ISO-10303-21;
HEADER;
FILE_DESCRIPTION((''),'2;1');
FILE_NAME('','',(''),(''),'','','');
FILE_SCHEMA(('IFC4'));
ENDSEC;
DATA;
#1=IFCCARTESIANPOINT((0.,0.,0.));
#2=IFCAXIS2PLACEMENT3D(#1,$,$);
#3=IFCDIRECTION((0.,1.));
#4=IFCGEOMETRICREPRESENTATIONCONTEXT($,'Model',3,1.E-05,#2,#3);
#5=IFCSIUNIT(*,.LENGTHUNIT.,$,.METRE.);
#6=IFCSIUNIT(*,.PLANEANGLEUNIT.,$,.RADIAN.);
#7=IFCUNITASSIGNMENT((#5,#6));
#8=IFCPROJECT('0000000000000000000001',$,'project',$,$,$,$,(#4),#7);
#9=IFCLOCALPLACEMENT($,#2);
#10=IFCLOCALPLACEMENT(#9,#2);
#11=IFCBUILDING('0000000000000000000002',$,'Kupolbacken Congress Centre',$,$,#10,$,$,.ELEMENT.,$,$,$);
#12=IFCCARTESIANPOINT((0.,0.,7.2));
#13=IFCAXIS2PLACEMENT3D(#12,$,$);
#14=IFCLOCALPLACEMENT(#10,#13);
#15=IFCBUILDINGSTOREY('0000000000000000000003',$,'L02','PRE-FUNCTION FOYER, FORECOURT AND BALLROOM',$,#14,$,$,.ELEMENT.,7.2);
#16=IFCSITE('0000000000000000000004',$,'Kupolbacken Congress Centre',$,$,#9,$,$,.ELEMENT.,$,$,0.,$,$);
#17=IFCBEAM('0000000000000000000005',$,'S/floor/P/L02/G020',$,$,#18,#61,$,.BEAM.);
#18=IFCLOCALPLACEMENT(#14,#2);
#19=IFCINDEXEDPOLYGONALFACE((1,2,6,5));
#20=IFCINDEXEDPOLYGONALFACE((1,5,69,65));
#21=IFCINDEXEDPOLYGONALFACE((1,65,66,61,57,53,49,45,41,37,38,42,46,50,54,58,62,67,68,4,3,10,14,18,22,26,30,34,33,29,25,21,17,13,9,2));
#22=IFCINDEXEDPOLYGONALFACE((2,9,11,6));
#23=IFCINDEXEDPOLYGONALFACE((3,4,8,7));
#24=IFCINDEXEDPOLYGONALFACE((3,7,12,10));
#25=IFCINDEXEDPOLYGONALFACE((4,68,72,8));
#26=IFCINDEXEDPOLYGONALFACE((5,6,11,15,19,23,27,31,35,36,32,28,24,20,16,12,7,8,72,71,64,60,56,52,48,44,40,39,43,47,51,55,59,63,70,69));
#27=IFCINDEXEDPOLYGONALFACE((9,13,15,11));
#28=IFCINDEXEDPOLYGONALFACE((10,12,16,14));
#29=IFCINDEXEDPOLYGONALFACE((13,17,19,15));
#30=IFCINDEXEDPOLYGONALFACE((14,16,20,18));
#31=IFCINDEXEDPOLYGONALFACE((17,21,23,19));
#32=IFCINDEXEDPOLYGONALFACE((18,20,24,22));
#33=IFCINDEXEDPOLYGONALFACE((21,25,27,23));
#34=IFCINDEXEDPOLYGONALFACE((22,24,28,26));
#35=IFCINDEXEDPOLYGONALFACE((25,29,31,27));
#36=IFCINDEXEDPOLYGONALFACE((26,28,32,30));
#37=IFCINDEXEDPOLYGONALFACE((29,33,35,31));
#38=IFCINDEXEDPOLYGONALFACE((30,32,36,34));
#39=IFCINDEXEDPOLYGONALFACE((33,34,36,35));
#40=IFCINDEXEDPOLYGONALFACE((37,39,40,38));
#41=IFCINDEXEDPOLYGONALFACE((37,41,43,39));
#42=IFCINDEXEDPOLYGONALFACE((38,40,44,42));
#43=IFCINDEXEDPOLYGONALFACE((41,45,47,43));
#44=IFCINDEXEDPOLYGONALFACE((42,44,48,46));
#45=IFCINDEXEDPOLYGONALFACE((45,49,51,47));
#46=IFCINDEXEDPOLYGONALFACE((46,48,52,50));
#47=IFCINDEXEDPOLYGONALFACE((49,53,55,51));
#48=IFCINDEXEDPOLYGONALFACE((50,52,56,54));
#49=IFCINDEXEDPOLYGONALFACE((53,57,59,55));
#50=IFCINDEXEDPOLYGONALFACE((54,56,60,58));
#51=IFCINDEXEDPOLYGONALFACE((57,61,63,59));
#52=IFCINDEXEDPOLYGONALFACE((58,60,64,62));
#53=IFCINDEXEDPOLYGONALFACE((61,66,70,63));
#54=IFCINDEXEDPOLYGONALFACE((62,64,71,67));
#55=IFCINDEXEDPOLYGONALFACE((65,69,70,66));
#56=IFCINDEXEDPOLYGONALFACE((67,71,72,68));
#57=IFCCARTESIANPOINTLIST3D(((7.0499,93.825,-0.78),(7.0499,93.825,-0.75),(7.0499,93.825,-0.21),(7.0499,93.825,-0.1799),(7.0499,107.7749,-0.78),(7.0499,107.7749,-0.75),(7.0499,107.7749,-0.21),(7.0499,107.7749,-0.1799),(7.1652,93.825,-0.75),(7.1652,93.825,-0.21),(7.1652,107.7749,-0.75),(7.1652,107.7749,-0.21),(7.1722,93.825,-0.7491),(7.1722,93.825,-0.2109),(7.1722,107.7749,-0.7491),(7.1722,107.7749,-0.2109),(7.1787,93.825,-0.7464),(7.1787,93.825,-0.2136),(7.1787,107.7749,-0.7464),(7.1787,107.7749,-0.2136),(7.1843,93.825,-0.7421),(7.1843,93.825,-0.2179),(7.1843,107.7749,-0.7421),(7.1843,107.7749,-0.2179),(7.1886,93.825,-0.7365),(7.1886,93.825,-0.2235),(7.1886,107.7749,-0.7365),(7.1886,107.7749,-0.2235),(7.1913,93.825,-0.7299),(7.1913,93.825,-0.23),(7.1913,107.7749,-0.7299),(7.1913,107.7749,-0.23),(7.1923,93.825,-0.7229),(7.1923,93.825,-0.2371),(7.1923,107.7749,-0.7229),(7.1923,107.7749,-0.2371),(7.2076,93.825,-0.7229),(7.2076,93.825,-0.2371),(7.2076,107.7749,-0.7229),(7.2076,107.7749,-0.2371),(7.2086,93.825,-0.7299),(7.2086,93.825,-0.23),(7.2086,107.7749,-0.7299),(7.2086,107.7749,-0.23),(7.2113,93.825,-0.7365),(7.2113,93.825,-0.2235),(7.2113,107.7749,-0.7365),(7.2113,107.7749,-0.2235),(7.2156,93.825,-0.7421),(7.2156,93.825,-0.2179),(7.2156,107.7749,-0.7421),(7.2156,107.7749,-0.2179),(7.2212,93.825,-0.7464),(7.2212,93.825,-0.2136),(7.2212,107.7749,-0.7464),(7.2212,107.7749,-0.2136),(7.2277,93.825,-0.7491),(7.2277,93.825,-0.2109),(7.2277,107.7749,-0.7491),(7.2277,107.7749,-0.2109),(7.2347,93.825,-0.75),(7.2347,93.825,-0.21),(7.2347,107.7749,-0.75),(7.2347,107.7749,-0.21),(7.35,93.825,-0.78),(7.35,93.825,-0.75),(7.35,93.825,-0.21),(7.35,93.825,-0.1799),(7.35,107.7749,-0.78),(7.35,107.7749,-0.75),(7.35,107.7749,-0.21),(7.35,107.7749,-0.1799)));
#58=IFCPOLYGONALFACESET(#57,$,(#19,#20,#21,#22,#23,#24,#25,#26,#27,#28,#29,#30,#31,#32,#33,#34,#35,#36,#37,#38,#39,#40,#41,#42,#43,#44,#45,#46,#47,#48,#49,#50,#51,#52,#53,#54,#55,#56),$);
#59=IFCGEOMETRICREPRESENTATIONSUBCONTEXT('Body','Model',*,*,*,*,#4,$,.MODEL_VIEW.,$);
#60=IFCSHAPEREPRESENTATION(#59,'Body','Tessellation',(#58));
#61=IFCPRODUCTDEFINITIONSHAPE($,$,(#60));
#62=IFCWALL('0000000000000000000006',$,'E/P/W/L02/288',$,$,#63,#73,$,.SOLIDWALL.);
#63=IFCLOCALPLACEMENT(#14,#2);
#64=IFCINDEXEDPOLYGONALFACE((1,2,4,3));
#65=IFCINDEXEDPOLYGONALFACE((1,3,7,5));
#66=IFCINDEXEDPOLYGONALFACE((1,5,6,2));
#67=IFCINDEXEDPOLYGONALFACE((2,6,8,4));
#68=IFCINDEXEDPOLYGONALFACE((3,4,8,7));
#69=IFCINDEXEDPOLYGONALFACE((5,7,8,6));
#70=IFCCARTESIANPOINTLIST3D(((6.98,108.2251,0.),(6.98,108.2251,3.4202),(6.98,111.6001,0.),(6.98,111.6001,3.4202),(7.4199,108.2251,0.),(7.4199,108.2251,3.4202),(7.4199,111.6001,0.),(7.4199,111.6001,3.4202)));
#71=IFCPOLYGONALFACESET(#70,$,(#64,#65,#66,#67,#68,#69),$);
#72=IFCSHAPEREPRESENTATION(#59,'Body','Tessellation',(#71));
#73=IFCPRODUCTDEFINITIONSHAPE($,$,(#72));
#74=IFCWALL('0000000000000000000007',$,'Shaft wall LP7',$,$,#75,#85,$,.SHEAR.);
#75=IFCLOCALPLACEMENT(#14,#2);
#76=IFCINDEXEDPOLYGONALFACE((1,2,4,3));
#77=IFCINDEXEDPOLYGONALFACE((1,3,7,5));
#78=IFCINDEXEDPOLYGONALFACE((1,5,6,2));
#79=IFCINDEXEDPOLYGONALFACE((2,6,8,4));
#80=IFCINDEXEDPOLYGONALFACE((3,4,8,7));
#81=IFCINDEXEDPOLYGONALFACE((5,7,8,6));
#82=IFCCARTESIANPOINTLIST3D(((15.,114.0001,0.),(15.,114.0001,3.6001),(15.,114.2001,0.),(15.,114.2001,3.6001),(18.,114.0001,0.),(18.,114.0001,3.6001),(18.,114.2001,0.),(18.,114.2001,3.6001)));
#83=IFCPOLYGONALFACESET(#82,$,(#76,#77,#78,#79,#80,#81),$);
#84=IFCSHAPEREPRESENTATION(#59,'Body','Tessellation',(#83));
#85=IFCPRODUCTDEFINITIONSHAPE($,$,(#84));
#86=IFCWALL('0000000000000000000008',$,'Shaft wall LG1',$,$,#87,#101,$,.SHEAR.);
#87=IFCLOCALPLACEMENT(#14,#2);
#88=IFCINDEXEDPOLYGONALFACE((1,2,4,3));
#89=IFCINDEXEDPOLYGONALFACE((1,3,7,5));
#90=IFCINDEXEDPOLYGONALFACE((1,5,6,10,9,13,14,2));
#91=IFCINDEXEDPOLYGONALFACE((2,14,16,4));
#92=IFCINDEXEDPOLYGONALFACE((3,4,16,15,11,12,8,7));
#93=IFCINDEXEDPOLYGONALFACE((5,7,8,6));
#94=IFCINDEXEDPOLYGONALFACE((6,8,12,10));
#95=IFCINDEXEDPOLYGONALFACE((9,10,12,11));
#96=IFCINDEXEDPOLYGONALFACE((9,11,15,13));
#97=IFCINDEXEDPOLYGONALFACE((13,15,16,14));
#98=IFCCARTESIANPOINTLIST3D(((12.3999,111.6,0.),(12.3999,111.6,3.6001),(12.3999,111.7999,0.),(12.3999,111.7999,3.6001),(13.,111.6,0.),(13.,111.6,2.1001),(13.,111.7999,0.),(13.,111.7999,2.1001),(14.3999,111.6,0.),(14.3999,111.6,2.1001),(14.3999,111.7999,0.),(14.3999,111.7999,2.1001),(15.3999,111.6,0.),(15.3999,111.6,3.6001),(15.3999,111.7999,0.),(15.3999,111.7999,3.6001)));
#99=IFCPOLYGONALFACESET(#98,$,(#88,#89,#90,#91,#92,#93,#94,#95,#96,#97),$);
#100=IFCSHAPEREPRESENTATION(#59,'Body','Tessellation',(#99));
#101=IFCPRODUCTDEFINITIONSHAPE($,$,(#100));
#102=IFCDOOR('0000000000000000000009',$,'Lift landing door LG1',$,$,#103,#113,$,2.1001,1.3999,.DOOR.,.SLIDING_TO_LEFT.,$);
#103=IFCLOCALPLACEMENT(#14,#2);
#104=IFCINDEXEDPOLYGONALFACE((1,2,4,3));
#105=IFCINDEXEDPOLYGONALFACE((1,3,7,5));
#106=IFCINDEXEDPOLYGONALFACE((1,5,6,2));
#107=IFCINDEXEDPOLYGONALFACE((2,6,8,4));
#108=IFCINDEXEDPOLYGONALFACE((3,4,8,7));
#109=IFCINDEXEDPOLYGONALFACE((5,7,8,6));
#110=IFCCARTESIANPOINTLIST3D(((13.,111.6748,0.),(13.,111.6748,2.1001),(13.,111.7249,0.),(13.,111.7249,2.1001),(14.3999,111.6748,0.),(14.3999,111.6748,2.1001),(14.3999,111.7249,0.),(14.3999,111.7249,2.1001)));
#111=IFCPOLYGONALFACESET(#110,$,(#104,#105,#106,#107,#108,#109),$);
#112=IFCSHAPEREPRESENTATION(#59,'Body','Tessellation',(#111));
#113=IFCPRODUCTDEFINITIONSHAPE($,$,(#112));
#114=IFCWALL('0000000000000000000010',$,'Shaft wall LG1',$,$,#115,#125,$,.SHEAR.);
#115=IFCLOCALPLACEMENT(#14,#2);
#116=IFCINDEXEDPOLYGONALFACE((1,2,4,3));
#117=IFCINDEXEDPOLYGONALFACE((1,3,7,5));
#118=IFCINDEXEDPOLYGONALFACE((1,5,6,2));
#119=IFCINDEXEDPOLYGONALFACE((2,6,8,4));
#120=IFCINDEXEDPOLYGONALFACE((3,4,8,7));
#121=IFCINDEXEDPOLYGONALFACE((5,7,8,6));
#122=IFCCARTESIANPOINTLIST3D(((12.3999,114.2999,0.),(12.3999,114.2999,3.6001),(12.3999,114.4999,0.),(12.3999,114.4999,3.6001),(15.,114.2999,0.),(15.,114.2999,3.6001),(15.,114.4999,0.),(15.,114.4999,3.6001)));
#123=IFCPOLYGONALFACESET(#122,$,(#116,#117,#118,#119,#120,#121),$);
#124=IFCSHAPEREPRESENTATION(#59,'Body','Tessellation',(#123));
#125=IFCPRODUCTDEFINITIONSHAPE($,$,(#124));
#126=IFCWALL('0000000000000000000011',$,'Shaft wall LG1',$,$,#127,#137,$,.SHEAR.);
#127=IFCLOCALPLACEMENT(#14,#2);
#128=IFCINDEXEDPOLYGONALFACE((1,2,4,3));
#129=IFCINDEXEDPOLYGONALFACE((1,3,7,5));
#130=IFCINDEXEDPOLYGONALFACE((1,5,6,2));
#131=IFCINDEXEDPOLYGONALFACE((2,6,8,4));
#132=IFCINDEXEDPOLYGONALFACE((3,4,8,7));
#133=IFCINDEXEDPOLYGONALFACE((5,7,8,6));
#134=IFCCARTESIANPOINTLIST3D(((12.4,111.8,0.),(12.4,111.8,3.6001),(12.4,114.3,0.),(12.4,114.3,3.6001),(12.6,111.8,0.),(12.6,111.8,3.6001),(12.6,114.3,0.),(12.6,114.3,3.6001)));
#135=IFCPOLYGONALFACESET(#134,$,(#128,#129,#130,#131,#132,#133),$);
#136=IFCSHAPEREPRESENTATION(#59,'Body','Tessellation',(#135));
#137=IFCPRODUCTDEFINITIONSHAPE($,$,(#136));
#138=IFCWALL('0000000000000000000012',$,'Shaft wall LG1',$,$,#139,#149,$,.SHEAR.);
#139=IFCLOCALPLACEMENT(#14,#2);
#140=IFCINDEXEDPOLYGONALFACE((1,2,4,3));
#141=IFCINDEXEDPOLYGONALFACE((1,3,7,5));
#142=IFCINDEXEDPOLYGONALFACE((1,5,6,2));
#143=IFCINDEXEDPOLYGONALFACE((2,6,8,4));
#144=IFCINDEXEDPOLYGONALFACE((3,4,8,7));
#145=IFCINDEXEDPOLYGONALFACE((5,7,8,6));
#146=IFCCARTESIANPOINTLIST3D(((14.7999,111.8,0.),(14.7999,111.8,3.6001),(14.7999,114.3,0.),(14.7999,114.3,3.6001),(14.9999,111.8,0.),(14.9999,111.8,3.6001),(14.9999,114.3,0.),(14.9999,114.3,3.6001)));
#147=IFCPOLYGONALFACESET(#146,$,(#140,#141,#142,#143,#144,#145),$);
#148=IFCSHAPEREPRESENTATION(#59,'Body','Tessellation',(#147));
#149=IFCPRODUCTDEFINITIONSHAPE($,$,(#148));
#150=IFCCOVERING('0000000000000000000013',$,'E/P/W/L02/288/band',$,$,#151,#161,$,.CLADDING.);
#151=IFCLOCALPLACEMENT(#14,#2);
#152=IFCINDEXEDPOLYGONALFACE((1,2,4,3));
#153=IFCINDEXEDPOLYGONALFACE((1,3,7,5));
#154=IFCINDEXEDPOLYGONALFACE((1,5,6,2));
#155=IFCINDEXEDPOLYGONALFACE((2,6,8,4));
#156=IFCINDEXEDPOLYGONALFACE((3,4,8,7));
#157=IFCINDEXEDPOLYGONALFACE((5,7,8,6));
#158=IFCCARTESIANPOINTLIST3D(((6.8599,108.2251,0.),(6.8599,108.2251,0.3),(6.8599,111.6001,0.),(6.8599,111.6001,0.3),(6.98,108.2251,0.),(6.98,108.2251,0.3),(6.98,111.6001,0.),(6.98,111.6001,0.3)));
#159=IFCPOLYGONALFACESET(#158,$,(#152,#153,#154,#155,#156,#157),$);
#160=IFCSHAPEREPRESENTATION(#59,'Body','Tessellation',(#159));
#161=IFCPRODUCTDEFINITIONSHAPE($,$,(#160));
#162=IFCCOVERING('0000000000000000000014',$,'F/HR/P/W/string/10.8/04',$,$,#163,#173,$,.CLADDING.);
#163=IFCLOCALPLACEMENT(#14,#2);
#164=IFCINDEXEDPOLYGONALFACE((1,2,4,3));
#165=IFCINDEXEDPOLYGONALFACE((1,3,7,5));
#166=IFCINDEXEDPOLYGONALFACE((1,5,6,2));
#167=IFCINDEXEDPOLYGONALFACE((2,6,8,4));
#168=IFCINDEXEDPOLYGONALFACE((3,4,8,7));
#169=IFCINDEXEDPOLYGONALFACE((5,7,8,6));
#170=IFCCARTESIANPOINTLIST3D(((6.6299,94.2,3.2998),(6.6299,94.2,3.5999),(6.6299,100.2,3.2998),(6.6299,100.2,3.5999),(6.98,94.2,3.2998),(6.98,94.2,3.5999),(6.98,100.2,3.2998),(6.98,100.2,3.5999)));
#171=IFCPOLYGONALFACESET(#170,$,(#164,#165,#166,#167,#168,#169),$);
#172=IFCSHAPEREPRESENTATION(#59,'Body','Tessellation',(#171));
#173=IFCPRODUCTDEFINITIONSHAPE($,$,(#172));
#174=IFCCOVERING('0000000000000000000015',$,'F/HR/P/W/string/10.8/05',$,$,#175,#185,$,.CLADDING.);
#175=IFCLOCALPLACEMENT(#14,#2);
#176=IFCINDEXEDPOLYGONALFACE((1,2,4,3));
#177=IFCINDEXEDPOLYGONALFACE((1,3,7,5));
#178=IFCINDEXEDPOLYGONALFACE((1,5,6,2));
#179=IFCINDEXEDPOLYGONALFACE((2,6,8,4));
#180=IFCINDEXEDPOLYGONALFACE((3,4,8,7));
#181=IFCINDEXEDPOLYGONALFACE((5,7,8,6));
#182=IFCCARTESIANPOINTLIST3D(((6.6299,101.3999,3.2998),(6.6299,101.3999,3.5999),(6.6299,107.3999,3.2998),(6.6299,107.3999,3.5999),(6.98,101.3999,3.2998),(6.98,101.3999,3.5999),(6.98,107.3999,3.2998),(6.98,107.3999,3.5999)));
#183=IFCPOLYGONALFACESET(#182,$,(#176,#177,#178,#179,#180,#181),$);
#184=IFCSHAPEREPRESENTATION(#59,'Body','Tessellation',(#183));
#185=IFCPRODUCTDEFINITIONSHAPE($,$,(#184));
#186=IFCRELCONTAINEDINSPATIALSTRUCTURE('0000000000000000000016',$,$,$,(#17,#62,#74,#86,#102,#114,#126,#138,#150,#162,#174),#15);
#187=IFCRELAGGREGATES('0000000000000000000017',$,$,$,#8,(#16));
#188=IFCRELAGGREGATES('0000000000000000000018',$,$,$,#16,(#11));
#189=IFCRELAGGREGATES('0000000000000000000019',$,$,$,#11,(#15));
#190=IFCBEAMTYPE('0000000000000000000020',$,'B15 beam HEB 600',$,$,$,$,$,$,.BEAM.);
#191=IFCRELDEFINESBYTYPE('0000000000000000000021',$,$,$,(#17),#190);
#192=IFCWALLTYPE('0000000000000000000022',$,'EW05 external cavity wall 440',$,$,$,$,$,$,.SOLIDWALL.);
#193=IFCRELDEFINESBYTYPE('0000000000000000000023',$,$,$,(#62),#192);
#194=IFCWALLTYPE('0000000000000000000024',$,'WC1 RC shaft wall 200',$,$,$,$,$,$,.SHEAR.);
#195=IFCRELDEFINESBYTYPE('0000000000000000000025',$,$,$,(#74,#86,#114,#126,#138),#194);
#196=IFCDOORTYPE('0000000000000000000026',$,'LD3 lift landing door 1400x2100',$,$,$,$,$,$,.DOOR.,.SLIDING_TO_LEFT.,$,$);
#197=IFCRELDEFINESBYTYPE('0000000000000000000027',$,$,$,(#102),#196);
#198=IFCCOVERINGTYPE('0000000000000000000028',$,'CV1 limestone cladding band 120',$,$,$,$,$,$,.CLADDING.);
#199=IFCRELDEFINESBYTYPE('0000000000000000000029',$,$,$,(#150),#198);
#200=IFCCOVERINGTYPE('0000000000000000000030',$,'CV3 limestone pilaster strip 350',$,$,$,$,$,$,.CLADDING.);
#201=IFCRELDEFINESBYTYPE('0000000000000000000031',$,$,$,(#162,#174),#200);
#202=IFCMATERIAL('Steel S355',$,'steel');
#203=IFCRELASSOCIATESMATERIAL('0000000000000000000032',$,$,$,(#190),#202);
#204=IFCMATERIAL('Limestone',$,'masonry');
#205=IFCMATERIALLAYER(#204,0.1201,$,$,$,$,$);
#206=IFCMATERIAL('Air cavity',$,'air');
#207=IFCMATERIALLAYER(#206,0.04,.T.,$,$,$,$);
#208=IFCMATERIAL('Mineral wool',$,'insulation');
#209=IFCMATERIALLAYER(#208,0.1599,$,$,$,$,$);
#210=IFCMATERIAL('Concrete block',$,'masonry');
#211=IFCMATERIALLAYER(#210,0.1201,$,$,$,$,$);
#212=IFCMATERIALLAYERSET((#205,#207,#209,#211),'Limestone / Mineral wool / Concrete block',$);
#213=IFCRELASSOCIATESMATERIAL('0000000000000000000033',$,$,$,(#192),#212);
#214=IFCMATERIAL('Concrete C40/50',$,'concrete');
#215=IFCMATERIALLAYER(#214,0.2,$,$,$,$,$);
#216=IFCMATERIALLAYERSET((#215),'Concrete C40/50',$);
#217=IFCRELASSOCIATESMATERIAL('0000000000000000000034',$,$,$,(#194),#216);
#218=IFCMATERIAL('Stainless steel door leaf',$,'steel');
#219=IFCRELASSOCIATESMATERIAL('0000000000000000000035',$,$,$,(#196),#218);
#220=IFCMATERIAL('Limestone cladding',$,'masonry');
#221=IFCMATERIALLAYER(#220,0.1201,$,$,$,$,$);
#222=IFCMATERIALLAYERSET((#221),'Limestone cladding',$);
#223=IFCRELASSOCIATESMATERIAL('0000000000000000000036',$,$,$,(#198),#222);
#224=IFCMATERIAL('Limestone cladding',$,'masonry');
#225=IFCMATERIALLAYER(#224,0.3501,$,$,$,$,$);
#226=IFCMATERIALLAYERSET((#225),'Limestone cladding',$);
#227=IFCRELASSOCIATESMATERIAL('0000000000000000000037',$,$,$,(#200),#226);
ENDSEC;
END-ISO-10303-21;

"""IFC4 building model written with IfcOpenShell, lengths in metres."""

from ifc_helpers import new_model, si_unit, direction, frame, frame_2d, origin, origin_2d, place, context, subcontext, project, spatial, rectangle, i_section, extrude, material, layer, layer_set, material_profile, profile_set, type_object, element, fill, save


model = new_model("IFC4")

# Units and contexts
model_context = context("Model", 3, precision=1e-05, world=origin(), true_north=direction((0.0, 1.0)))
body_context = subcontext(model_context, "Body", "Model", "MODEL_VIEW")
ifc_project = project(units=[si_unit("LENGTHUNIT", "METRE"), si_unit("PLANEANGLEUNIT", "RADIAN")], contexts=[model_context])

# Site, building, storey
site_placement = place(None, origin())
site = spatial("IfcSite", under=ifc_project, at=site_placement, Name="Kupolbacken Congress Centre", CompositionType="ELEMENT", RefElevation=0.0)
building_placement = place(site_placement, origin())
building = spatial("IfcBuilding", under=site, at=building_placement, Name="Kupolbacken Congress Centre", CompositionType="ELEMENT")
storey_placement = place(building_placement, frame((0.0, 0.0, 7.2)))
storey = spatial("IfcBuildingStorey", under=building, at=storey_placement, Name="L02", Description="PRE-FUNCTION FOYER, FORECOURT AND BALLROOM", CompositionType="ELEMENT", Elevation=7.2)

# Beam
ifc_material_1 = material(Name="Steel S355", Category="steel")
ifc_material_profile_1 = material_profile(ifc_material_1, i_section(OverallWidth=0.3, OverallDepth=0.6001, WebThickness=0.0154, FlangeThickness=0.03, FilletRadius=0.0271, at=origin_2d()), Name="HEB 600")
ifc_profile_set_1 = profile_set([ifc_material_profile_1], Name="Steel S355")
beam_type_1 = type_object("IfcBeamType", Name="B15 beam HEB 600", PredefinedType="BEAM", material=ifc_profile_set_1)
beam_1_placement = place(storey_placement, frame((7.2, 93.825, -0.48), z_axis=(0.0, 1.0, 0.0), x_axis=(-1.0, 0.0, 0.0)))
element("IfcBeam", 1, at=beam_1_placement, inside=storey, type_object=beam_type_1, Name="S/floor/P/L02/G020", PredefinedType="BEAM", context=body_context, shape_type="SweptSolid", body=[
    extrude(i_section(OverallWidth=0.3, OverallDepth=0.6001, WebThickness=0.0154, FlangeThickness=0.03, FilletRadius=0.0271, at=origin_2d()), origin(), (0.0, 0.0, 1.0), 13.95),
])

# Wall
ifc_material_2 = material(Name="Limestone", Category="masonry")
ifc_layer_1 = layer(ifc_material_2, 0.1201)
ifc_material_3 = material(Name="Air cavity", Category="air")
ifc_layer_2 = layer(ifc_material_3, 0.04, ventilated=True)
ifc_material_4 = material(Name="Mineral wool", Category="insulation")
ifc_layer_3 = layer(ifc_material_4, 0.1599)
ifc_material_5 = material(Name="Concrete block", Category="masonry")
ifc_layer_4 = layer(ifc_material_5, 0.1201)
ifc_layer_set_1 = layer_set([ifc_layer_1, ifc_layer_2, ifc_layer_3, ifc_layer_4], Name="Limestone / Mineral wool / Concrete block")
wall_type_1 = type_object("IfcWallType", Name="EW05 external cavity wall 440", PredefinedType="SOLIDWALL", material=ifc_layer_set_1)
wall_1_placement = place(storey_placement, frame((7.2, 111.6001, 0.0), z_axis=(0.0, 0.0, 1.0), x_axis=(0.0, -1.0, 0.0)))
element("IfcWall", 2, at=wall_1_placement, inside=storey, type_object=wall_type_1, Name="E/P/W/L02/288", PredefinedType="SOLIDWALL", context=body_context, shape_type="SweptSolid", body=[
    extrude(rectangle(XDim=3.375, YDim=0.4399, at=frame_2d((1.6875, 0.0))), origin(), (0.0, 0.0, 1.0), 3.4202),
])

# Wall
ifc_material_6 = material(Name="Concrete C40/50", Category="concrete")
ifc_layer_5 = layer(ifc_material_6, 0.2)
ifc_layer_set_2 = layer_set([ifc_layer_5], Name="Concrete C40/50")
wall_type_2 = type_object("IfcWallType", Name="WC1 RC shaft wall 200", PredefinedType="SHEAR", material=ifc_layer_set_2)
wall_2_placement = place(storey_placement, frame((15.0, 114.1001, 0.0), z_axis=(0.0, 0.0, 1.0), x_axis=(1.0, 0.0, 0.0)))
element("IfcWall", 3, at=wall_2_placement, inside=storey, type_object=wall_type_2, Name="Shaft wall LP7", PredefinedType="SHEAR", context=body_context, shape_type="SweptSolid", body=[
    extrude(rectangle(XDim=3.0, YDim=0.2, at=frame_2d((1.5, 0.0))), origin(), (0.0, 0.0, 1.0), 3.6001),
])

# Wall, opening, door
wall_3_placement = place(storey_placement, frame((12.3999, 111.7, 0.0), z_axis=(0.0, 0.0, 1.0), x_axis=(1.0, 0.0, 0.0)))
wall_3 = element("IfcWall", 4, at=wall_3_placement, inside=storey, type_object=wall_type_2, Name="Shaft wall LG1", PredefinedType="SHEAR", context=body_context, shape_type="SweptSolid", body=[
    extrude(rectangle(XDim=3.0, YDim=0.2, at=frame_2d((1.5, 0.0))), origin(), (0.0, 0.0, 1.0), 3.6001),
])
opening_1_placement = place(wall_3_placement, frame((0.6001, 0.0, 0.0)))
opening_1 = element("IfcOpeningElement", 5, at=opening_1_placement, cuts=wall_3, PredefinedType="OPENING", context=body_context, shape_type="SweptSolid", body=[
    extrude(rectangle(XDim=1.3999, YDim=2.1001, at=frame_2d((0.7, 1.05))), frame((0.0, 0.1099, 0.0), z_axis=(0.0, -1.0, 0.0), x_axis=(1.0, 0.0, 0.0)), (0.0, 0.0, 1.0), 0.22),
])
ifc_material_7 = material(Name="Stainless steel door leaf", Category="steel")
door_type_1 = type_object("IfcDoorType", Name="LD3 lift landing door 1400x2100", OperationType="SLIDING_TO_LEFT", PredefinedType="DOOR", material=ifc_material_7)
door_1_placement = place(opening_1_placement, origin())
door_1 = element("IfcDoor", 6, at=door_1_placement, inside=storey, type_object=door_type_1, Name="Lift landing door LG1", OperationType="SLIDING_TO_LEFT", OverallHeight=2.1001, OverallWidth=1.3999, PredefinedType="DOOR", context=body_context, shape_type="SweptSolid", body=[
    extrude(rectangle(XDim=1.3999, YDim=2.1001, at=frame_2d((0.7, 1.05))), frame((0.0, 0.0249, 0.0), z_axis=(0.0, -1.0, 0.0), x_axis=(1.0, 0.0, 0.0)), (0.0, 0.0, 1.0), 0.05),
])
fill(opening_1, door_1)

# Walls
wall_4_placement = place(storey_placement, frame((12.3999, 114.3999, 0.0), z_axis=(0.0, 0.0, 1.0), x_axis=(1.0, 0.0, 0.0)))
element("IfcWall", 7, at=wall_4_placement, inside=storey, type_object=wall_type_2, Name="Shaft wall LG1", PredefinedType="SHEAR", context=body_context, shape_type="SweptSolid", body=[
    extrude(rectangle(XDim=2.6001, YDim=0.2, at=frame_2d((1.3, 0.0))), origin(), (0.0, 0.0, 1.0), 3.6001),
])
for number, where, z_axis, x_axis, name in (
    (8, (12.5, 111.8, 0.0), (0.0, 0.0, 1.0), (0.0, 1.0, 0.0), "Shaft wall LG1"),
    (9, (14.8999, 111.8, 0.0), (0.0, 0.0, 1.0), (0.0, 1.0, 0.0), "Shaft wall LG1"),
):
    element("IfcWall", number, at=place(storey_placement, frame(where, z_axis=z_axis, x_axis=x_axis)), inside=storey, type_object=wall_type_2, Name=name, PredefinedType="SHEAR", context=body_context, shape_type="SweptSolid", body=[
        extrude(rectangle(XDim=2.5, YDim=0.2, at=frame_2d((1.25, 0.0))), origin(), (0.0, 0.0, 1.0), 3.6001),
    ])

# Coverings
ifc_material_8 = material(Name="Limestone cladding", Category="masonry")
ifc_layer_6 = layer(ifc_material_8, 0.1201)
ifc_layer_set_3 = layer_set([ifc_layer_6], Name="Limestone cladding")
covering_type_1 = type_object("IfcCoveringType", Name="CV1 limestone cladding band 120", PredefinedType="CLADDING", material=ifc_layer_set_3)
covering_placement = place(storey_placement, frame((6.9199, 109.9126, 0.0), z_axis=(0.0, 0.0, 1.0), x_axis=(0.0, -1.0, 0.0)))
element("IfcCovering", 10, at=covering_placement, inside=storey, type_object=covering_type_1, Name="E/P/W/L02/288/band", PredefinedType="CLADDING", context=body_context, shape_type="SweptSolid", body=[
    extrude(rectangle(XDim=3.375, YDim=0.1201, at=origin_2d()), origin(), (0.0, 0.0, 1.0), 0.3),
])
ifc_material_9 = material(Name="Limestone cladding", Category="masonry")
ifc_layer_7 = layer(ifc_material_9, 0.3501)
ifc_layer_set_4 = layer_set([ifc_layer_7], Name="Limestone cladding")
covering_type_2 = type_object("IfcCoveringType", Name="CV3 limestone pilaster strip 350", PredefinedType="CLADDING", material=ifc_layer_set_4)
for number, where, z_axis, x_axis, name in (
    (11, (6.8049, 97.2, 3.2998), (0.0, 0.0, 1.0), (0.0, 1.0, 0.0), "F/HR/P/W/string/10.8/04"),
    (12, (6.8049, 104.3999, 3.2998), (0.0, 0.0, 1.0), (0.0, 1.0, 0.0), "F/HR/P/W/string/10.8/05"),
):
    element("IfcCovering", number, at=place(storey_placement, frame(where, z_axis=z_axis, x_axis=x_axis)), inside=storey, type_object=covering_type_2, Name=name, PredefinedType="CLADDING", context=body_context, shape_type="SweptSolid", body=[
        extrude(rectangle(XDim=6.0, YDim=0.3501, at=origin_2d()), origin(), (0.0, 0.0, 1.0), 0.3),
    ])

save(model, "model.ifc")
